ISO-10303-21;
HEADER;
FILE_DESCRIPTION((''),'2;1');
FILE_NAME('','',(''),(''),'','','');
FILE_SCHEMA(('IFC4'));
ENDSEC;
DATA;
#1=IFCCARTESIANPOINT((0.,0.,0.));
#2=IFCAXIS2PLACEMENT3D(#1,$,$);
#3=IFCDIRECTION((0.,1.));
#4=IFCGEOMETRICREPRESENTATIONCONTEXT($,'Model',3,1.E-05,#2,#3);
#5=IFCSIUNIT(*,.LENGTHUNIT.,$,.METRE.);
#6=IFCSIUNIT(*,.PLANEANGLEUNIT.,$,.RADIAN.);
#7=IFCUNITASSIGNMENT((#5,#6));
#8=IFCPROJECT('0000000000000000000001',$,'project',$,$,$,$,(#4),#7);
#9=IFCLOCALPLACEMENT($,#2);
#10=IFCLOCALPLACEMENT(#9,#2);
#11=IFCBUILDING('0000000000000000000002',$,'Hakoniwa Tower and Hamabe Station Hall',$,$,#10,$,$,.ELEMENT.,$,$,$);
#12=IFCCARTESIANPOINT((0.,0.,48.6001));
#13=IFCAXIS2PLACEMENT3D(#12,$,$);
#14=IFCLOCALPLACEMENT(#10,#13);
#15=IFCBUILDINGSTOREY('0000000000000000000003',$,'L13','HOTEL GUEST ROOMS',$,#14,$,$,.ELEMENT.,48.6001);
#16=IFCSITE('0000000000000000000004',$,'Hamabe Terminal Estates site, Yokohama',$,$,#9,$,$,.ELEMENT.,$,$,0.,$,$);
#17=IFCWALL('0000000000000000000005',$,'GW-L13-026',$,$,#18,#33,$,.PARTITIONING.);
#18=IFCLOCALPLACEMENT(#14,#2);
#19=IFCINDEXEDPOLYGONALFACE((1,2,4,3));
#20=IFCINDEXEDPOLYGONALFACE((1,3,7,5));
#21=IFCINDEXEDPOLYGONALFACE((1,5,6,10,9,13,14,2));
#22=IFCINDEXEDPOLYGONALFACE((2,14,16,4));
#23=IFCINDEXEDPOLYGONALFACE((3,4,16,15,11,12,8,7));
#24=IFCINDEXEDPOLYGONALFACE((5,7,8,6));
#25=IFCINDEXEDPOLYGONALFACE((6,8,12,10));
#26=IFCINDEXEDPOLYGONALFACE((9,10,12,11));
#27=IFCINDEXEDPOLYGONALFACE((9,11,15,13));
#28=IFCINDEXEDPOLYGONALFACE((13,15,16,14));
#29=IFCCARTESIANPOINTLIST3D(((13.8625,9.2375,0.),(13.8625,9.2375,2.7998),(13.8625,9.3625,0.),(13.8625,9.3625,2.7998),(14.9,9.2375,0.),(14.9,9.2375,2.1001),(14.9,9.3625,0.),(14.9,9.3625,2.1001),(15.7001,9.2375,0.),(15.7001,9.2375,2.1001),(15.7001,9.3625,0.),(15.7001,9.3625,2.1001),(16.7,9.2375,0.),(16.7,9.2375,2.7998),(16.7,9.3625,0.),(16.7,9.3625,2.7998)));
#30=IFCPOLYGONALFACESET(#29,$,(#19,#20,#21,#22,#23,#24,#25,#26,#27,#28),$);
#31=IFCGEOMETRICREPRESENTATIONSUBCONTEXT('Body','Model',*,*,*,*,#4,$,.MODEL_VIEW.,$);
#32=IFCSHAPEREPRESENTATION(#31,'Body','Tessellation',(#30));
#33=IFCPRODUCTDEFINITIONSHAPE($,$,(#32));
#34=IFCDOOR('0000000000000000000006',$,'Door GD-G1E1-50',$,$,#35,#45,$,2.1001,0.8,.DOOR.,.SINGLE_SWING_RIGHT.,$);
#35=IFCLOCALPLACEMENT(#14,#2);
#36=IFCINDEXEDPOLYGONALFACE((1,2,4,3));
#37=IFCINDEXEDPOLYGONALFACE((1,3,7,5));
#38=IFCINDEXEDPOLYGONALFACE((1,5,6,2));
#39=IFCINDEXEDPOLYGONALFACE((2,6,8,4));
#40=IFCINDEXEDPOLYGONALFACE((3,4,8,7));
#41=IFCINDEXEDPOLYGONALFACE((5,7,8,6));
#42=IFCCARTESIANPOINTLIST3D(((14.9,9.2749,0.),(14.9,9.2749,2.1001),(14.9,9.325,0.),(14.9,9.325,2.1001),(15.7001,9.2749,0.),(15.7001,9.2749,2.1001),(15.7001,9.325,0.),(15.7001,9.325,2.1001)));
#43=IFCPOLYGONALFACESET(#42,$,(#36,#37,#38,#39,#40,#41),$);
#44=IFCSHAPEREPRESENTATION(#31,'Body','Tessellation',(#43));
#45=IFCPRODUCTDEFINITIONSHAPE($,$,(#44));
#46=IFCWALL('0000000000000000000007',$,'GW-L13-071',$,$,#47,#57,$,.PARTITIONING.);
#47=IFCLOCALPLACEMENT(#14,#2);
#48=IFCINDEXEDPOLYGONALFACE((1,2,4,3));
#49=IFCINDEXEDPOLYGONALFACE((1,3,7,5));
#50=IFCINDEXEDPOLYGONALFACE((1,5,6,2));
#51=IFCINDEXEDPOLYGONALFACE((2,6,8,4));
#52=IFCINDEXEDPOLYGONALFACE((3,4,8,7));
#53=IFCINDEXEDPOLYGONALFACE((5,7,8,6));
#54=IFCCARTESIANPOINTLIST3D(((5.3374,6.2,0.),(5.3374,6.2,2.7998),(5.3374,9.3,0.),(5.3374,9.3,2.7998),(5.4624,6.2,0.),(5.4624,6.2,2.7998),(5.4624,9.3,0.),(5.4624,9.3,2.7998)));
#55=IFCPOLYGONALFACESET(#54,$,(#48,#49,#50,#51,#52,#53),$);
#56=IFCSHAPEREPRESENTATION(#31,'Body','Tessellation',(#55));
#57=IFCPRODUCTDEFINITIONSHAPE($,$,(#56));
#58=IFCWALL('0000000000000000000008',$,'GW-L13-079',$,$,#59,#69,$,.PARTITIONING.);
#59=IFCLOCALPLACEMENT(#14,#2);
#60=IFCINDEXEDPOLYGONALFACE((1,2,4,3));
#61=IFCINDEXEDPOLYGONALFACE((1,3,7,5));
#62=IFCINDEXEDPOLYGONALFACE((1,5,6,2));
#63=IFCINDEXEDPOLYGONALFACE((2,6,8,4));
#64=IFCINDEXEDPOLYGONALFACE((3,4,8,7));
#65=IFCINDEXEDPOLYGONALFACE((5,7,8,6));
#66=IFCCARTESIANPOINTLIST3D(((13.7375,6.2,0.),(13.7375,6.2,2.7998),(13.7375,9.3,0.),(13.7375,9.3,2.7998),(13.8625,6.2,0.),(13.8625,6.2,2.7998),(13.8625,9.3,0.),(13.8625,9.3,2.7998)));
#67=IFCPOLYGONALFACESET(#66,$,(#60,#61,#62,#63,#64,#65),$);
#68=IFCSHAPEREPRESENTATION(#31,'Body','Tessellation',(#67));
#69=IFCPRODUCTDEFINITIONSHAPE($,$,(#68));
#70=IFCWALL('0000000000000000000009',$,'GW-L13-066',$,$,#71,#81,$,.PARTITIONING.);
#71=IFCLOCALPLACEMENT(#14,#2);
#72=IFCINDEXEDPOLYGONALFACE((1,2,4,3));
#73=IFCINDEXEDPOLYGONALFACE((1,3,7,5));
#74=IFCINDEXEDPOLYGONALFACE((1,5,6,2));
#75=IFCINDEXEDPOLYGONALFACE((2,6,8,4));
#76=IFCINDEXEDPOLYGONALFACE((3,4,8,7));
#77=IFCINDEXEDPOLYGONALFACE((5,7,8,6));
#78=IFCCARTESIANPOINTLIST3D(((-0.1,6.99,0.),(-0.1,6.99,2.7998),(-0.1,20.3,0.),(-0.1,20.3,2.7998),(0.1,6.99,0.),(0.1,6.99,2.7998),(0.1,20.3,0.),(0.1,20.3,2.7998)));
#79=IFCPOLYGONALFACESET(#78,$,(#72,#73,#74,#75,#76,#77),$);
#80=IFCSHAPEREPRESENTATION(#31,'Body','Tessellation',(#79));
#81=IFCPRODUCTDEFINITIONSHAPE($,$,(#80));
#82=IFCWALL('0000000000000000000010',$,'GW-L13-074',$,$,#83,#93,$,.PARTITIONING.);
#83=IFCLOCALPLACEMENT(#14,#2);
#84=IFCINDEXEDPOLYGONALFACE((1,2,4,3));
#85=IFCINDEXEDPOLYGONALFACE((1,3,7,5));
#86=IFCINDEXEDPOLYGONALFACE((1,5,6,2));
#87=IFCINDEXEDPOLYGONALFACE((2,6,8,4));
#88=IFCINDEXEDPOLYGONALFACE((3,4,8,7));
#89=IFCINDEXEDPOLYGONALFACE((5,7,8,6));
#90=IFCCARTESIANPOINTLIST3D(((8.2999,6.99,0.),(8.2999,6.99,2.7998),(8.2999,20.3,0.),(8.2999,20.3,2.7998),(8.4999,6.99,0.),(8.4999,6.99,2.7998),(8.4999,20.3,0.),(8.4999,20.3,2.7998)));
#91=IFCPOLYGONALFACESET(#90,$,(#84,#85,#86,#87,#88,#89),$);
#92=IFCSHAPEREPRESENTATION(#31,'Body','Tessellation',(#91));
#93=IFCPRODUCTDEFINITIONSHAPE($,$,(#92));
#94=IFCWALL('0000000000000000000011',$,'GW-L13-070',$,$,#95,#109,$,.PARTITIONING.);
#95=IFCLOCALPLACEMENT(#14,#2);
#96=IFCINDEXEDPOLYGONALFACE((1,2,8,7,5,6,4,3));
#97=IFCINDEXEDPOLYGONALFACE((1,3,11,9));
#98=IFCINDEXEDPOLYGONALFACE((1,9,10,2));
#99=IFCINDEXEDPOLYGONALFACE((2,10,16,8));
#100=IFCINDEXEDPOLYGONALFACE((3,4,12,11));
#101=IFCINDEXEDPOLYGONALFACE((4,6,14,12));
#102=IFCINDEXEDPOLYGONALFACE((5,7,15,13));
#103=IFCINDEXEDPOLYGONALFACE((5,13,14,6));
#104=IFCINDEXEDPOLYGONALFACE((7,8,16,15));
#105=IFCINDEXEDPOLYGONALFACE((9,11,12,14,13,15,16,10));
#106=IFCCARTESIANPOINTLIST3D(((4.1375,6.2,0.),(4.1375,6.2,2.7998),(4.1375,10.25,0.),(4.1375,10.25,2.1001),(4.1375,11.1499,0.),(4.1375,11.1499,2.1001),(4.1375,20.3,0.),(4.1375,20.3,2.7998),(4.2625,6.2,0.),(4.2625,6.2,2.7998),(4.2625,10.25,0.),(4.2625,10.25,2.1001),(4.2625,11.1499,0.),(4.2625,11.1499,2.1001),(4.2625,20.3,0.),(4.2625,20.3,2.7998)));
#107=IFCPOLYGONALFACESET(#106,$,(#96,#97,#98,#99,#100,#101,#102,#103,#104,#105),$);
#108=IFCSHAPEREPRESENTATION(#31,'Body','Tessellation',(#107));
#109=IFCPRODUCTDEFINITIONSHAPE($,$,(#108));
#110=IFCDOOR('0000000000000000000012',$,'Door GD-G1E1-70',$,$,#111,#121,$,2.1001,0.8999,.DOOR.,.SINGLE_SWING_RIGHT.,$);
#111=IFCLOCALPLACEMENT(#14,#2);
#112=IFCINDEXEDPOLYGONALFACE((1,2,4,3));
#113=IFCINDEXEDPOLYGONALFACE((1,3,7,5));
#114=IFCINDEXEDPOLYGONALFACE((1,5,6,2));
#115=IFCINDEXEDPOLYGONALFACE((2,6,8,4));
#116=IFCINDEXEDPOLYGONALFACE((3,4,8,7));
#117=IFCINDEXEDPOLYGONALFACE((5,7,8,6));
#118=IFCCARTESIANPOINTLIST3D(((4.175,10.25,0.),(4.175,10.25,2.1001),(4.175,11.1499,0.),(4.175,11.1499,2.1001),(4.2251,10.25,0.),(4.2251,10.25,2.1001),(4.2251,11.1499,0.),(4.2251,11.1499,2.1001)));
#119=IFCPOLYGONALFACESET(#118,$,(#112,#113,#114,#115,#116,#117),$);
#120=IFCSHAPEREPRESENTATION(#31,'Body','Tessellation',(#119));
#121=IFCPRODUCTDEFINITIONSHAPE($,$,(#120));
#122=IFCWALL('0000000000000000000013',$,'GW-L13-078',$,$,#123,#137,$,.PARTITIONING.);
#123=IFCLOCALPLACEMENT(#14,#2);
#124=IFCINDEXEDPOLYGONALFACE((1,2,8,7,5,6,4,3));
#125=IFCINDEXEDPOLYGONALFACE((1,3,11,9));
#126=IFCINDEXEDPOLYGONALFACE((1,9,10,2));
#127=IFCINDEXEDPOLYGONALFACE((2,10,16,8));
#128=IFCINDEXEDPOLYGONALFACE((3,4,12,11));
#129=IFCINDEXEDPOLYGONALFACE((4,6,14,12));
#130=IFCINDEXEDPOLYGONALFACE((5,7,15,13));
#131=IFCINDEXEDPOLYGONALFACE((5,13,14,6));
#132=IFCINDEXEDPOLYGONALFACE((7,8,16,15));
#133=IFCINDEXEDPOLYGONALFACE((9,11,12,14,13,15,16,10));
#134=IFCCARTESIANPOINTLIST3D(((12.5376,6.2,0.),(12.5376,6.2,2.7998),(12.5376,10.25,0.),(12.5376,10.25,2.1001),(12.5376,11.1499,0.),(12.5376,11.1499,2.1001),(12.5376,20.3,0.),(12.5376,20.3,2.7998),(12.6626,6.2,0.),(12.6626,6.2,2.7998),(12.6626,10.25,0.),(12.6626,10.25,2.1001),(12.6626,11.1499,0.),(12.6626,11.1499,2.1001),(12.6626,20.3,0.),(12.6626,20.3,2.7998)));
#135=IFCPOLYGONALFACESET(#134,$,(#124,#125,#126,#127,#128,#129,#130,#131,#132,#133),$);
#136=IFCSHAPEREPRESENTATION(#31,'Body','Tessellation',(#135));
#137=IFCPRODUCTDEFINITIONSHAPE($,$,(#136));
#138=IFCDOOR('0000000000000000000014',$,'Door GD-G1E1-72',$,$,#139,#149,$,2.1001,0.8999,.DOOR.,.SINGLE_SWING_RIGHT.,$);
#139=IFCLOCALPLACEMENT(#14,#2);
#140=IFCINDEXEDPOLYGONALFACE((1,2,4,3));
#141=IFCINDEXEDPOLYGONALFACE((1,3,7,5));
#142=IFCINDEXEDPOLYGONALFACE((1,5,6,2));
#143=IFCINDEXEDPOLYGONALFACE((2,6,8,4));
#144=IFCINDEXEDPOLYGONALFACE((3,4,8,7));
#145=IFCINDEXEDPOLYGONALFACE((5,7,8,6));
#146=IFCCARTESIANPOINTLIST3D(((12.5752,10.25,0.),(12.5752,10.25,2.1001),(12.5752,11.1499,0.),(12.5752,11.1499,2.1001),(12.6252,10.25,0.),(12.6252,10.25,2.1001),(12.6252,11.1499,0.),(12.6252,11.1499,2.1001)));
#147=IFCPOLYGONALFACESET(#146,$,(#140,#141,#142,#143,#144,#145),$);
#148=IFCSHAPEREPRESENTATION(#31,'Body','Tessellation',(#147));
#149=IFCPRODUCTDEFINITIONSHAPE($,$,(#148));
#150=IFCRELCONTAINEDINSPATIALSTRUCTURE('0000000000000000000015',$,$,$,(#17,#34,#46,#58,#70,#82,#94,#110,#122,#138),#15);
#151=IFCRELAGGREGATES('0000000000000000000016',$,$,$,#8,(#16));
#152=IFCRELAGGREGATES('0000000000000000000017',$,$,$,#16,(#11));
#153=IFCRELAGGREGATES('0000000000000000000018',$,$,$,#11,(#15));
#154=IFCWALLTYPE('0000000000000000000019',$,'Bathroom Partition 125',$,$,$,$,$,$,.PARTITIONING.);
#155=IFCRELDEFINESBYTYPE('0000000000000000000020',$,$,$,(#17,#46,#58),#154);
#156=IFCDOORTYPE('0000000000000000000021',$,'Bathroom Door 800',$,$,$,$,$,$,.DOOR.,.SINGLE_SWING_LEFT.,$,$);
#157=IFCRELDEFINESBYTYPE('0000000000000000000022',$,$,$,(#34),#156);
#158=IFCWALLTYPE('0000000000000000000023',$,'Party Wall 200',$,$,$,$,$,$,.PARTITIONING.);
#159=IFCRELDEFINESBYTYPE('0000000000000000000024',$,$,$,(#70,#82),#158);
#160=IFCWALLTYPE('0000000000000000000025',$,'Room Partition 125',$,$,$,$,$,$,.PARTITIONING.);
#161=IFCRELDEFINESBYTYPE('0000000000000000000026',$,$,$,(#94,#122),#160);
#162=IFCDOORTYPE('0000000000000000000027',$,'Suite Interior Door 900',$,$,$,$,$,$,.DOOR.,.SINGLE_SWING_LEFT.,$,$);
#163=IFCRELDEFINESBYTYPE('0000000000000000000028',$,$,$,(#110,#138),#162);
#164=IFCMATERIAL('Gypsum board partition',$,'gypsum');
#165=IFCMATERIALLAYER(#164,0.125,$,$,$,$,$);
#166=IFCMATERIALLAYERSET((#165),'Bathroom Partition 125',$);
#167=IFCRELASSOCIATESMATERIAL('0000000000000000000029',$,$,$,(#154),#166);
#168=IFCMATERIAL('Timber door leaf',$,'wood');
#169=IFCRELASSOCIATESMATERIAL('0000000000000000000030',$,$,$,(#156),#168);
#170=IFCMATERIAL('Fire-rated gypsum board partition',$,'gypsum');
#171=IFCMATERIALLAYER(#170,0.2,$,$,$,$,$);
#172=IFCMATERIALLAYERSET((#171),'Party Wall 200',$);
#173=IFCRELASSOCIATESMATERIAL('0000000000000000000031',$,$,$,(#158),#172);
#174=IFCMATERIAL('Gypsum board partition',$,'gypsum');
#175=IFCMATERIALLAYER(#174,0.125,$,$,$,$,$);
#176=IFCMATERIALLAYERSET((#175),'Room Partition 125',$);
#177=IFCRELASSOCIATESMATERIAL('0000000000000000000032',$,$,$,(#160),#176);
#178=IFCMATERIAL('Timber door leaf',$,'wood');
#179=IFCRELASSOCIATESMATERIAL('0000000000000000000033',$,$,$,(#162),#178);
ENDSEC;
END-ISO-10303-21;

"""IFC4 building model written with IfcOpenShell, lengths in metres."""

from ifc_helpers import new_model, si_unit, direction, frame, frame_2d, origin, place, context, subcontext, project, spatial, rectangle, extrude, material, layer, layer_set, type_object, element, fill, save


model = new_model("IFC4")

# Units and contexts
model_context = context("Model", 3, precision=1e-05, world=origin(), true_north=direction((0.0, 1.0)))
body_context = subcontext(model_context, "Body", "Model", "MODEL_VIEW")
ifc_project = project(units=[si_unit("LENGTHUNIT", "METRE"), si_unit("PLANEANGLEUNIT", "RADIAN")], contexts=[model_context])

# Site, building, storey
site_placement = place(None, origin())
site = spatial("IfcSite", under=ifc_project, at=site_placement, Name="Hamabe Terminal Estates site, Yokohama", CompositionType="ELEMENT", RefElevation=0.0)
building_placement = place(site_placement, origin())
building = spatial("IfcBuilding", under=site, at=building_placement, Name="Hakoniwa Tower and Hamabe Station Hall", CompositionType="ELEMENT")
storey_placement = place(building_placement, frame((0.0, 0.0, 48.6001)))
storey = spatial("IfcBuildingStorey", under=building, at=storey_placement, Name="L13", Description="HOTEL GUEST ROOMS", CompositionType="ELEMENT", Elevation=48.6001)

# Wall, opening, door
ifc_material_1 = material(Name="Gypsum board partition", Category="gypsum")
ifc_layer_1 = layer(ifc_material_1, 0.125)
ifc_layer_set_1 = layer_set([ifc_layer_1], Name="Bathroom Partition 125")
wall_type_1 = type_object("IfcWallType", Name="Bathroom Partition 125", PredefinedType="PARTITIONING", material=ifc_layer_set_1)
ifc_material_2 = material(Name="Timber door leaf", Category="wood")
door_type_1 = type_object("IfcDoorType", Name="Bathroom Door 800", OperationType="SINGLE_SWING_LEFT", PredefinedType="DOOR", material=ifc_material_2)
wall_1_placement = place(storey_placement, frame((13.8625, 9.3, 0.0), z_axis=(0.0, 0.0, 1.0), x_axis=(1.0, 0.0, 0.0)))
wall_1 = element("IfcWall", 1, at=wall_1_placement, inside=storey, type_object=wall_type_1, Name="GW-L13-026", PredefinedType="PARTITIONING", context=body_context, shape_type="SweptSolid", body=[
    extrude(rectangle(XDim=2.8374, YDim=0.125, at=frame_2d((1.4187, 0.0))), origin(), (0.0, 0.0, 1.0), 2.7998),
])
opening_1_placement = place(wall_1_placement, frame((1.0376, 0.0, 0.0)))
opening_1 = element("IfcOpeningElement", 2, at=opening_1_placement, cuts=wall_1, PredefinedType="OPENING", context=body_context, shape_type="SweptSolid", body=[
    extrude(rectangle(XDim=0.8, YDim=2.1001, at=frame_2d((0.3999, 1.05))), frame((0.0, 0.0725, 0.0), z_axis=(0.0, -1.0, 0.0), x_axis=(1.0, 0.0, 0.0)), (0.0, 0.0, 1.0), 0.145),
])
door_1_placement = place(opening_1_placement, origin())
door_1 = element("IfcDoor", 3, at=door_1_placement, inside=storey, type_object=door_type_1, Name="Door GD-G1E1-50", OperationType="SINGLE_SWING_RIGHT", OverallHeight=2.1001, OverallWidth=0.8, PredefinedType="DOOR", context=body_context, shape_type="SweptSolid", body=[
    extrude(rectangle(XDim=0.8, YDim=2.1001, at=frame_2d((0.3999, 1.05))), frame((0.0, 0.0249, 0.0), z_axis=(0.0, -1.0, 0.0), x_axis=(1.0, 0.0, 0.0)), (0.0, 0.0, 1.0), 0.05),
])
fill(opening_1, door_1)

# Walls
for number, where, z_axis, x_axis, name in (
    (4, (5.3999, 6.2, 0.0), (0.0, 0.0, 1.0), (0.0, 1.0, 0.0), "GW-L13-071"),
    (5, (13.8, 6.2, 0.0), (0.0, 0.0, 1.0), (0.0, 1.0, 0.0), "GW-L13-079"),
):
    element("IfcWall", number, at=place(storey_placement, frame(where, z_axis=z_axis, x_axis=x_axis)), inside=storey, type_object=wall_type_1, Name=name, PredefinedType="PARTITIONING", context=body_context, shape_type="SweptSolid", body=[
        extrude(rectangle(XDim=3.1001, YDim=0.125, at=frame_2d((1.55, 0.0))), origin(), (0.0, 0.0, 1.0), 2.7998),
    ])
ifc_material_3 = material(Name="Fire-rated gypsum board partition", Category="gypsum")
ifc_layer_2 = layer(ifc_material_3, 0.2)
ifc_layer_set_2 = layer_set([ifc_layer_2], Name="Party Wall 200")
wall_type_2 = type_object("IfcWallType", Name="Party Wall 200", PredefinedType="PARTITIONING", material=ifc_layer_set_2)
for number, where, z_axis, x_axis, name in (
    (6, (0.0, 6.99, 0.0), (0.0, 0.0, 1.0), (0.0, 1.0, 0.0), "GW-L13-066"),
    (7, (8.3999, 6.99, 0.0), (0.0, 0.0, 1.0), (0.0, 1.0, 0.0), "GW-L13-074"),
):
    element("IfcWall", number, at=place(storey_placement, frame(where, z_axis=z_axis, x_axis=x_axis)), inside=storey, type_object=wall_type_2, Name=name, PredefinedType="PARTITIONING", context=body_context, shape_type="SweptSolid", body=[
        extrude(rectangle(XDim=13.3101, YDim=0.2, at=frame_2d((6.655, 0.0))), origin(), (0.0, 0.0, 1.0), 2.7998),
    ])

# Walls, openings, doors
ifc_material_4 = material(Name="Gypsum board partition", Category="gypsum")
ifc_layer_3 = layer(ifc_material_4, 0.125)
ifc_layer_set_3 = layer_set([ifc_layer_3], Name="Room Partition 125")
wall_type_3 = type_object("IfcWallType", Name="Room Partition 125", PredefinedType="PARTITIONING", material=ifc_layer_set_3)
wall_2_placement = place(storey_placement, frame((4.2, 6.2, 0.0), z_axis=(0.0, 0.0, 1.0), x_axis=(0.0, 1.0, 0.0)))
wall_2 = element("IfcWall", 8, at=wall_2_placement, inside=storey, type_object=wall_type_3, Name="GW-L13-070", PredefinedType="PARTITIONING", context=body_context, shape_type="SweptSolid", body=[
    extrude(rectangle(XDim=14.1001, YDim=0.125, at=frame_2d((7.05, 0.0))), origin(), (0.0, 0.0, 1.0), 2.7998),
])
opening_2_placement = place(wall_2_placement, frame((4.05, 0.0, 0.0)))
opening_2 = element("IfcOpeningElement", 9, at=opening_2_placement, cuts=wall_2, PredefinedType="OPENING", context=body_context, shape_type="SweptSolid", body=[
    extrude(rectangle(XDim=0.8999, YDim=2.1001, at=frame_2d((0.45, 1.05))), frame((0.0, 0.0725, 0.0), z_axis=(0.0, -1.0, 0.0), x_axis=(1.0, 0.0, 0.0)), (0.0, 0.0, 1.0), 0.145),
])
ifc_material_5 = material(Name="Timber door leaf", Category="wood")
door_type_2 = type_object("IfcDoorType", Name="Suite Interior Door 900", OperationType="SINGLE_SWING_LEFT", PredefinedType="DOOR", material=ifc_material_5)
door_2_placement = place(opening_2_placement, origin())
door_2 = element("IfcDoor", 10, at=door_2_placement, inside=storey, type_object=door_type_2, Name="Door GD-G1E1-70", OperationType="SINGLE_SWING_RIGHT", OverallHeight=2.1001, OverallWidth=0.8999, PredefinedType="DOOR", context=body_context, shape_type="SweptSolid", body=[
    extrude(rectangle(XDim=0.8999, YDim=2.1001, at=frame_2d((0.45, 1.05))), frame((0.0, 0.0249, 0.0), z_axis=(0.0, -1.0, 0.0), x_axis=(1.0, 0.0, 0.0)), (0.0, 0.0, 1.0), 0.05),
])
fill(opening_2, door_2)
wall_3_placement = place(storey_placement, frame((12.6001, 6.2, 0.0), z_axis=(0.0, 0.0, 1.0), x_axis=(0.0, 1.0, 0.0)))
wall_3 = element("IfcWall", 11, at=wall_3_placement, inside=storey, type_object=wall_type_3, Name="GW-L13-078", PredefinedType="PARTITIONING", context=body_context, shape_type="SweptSolid", body=[
    extrude(rectangle(XDim=14.1001, YDim=0.125, at=frame_2d((7.05, 0.0))), origin(), (0.0, 0.0, 1.0), 2.7998),
])
opening_3_placement = place(wall_3_placement, frame((4.05, 0.0, 0.0)))
opening_3 = element("IfcOpeningElement", 12, at=opening_3_placement, cuts=wall_3, PredefinedType="OPENING", context=body_context, shape_type="SweptSolid", body=[
    extrude(rectangle(XDim=0.8999, YDim=2.1001, at=frame_2d((0.45, 1.05))), frame((0.0, 0.0725, 0.0), z_axis=(0.0, -1.0, 0.0), x_axis=(1.0, 0.0, 0.0)), (0.0, 0.0, 1.0), 0.145),
])
door_3_placement = place(opening_3_placement, origin())
door_3 = element("IfcDoor", 13, at=door_3_placement, inside=storey, type_object=door_type_2, Name="Door GD-G1E1-72", OperationType="SINGLE_SWING_RIGHT", OverallHeight=2.1001, OverallWidth=0.8999, PredefinedType="DOOR", context=body_context, shape_type="SweptSolid", body=[
    extrude(rectangle(XDim=0.8999, YDim=2.1001, at=frame_2d((0.45, 1.05))), frame((0.0, 0.0249, 0.0), z_axis=(0.0, -1.0, 0.0), x_axis=(1.0, 0.0, 0.0)), (0.0, 0.0, 1.0), 0.05),
])
fill(opening_3, door_3)

save(model, "model.ifc")
